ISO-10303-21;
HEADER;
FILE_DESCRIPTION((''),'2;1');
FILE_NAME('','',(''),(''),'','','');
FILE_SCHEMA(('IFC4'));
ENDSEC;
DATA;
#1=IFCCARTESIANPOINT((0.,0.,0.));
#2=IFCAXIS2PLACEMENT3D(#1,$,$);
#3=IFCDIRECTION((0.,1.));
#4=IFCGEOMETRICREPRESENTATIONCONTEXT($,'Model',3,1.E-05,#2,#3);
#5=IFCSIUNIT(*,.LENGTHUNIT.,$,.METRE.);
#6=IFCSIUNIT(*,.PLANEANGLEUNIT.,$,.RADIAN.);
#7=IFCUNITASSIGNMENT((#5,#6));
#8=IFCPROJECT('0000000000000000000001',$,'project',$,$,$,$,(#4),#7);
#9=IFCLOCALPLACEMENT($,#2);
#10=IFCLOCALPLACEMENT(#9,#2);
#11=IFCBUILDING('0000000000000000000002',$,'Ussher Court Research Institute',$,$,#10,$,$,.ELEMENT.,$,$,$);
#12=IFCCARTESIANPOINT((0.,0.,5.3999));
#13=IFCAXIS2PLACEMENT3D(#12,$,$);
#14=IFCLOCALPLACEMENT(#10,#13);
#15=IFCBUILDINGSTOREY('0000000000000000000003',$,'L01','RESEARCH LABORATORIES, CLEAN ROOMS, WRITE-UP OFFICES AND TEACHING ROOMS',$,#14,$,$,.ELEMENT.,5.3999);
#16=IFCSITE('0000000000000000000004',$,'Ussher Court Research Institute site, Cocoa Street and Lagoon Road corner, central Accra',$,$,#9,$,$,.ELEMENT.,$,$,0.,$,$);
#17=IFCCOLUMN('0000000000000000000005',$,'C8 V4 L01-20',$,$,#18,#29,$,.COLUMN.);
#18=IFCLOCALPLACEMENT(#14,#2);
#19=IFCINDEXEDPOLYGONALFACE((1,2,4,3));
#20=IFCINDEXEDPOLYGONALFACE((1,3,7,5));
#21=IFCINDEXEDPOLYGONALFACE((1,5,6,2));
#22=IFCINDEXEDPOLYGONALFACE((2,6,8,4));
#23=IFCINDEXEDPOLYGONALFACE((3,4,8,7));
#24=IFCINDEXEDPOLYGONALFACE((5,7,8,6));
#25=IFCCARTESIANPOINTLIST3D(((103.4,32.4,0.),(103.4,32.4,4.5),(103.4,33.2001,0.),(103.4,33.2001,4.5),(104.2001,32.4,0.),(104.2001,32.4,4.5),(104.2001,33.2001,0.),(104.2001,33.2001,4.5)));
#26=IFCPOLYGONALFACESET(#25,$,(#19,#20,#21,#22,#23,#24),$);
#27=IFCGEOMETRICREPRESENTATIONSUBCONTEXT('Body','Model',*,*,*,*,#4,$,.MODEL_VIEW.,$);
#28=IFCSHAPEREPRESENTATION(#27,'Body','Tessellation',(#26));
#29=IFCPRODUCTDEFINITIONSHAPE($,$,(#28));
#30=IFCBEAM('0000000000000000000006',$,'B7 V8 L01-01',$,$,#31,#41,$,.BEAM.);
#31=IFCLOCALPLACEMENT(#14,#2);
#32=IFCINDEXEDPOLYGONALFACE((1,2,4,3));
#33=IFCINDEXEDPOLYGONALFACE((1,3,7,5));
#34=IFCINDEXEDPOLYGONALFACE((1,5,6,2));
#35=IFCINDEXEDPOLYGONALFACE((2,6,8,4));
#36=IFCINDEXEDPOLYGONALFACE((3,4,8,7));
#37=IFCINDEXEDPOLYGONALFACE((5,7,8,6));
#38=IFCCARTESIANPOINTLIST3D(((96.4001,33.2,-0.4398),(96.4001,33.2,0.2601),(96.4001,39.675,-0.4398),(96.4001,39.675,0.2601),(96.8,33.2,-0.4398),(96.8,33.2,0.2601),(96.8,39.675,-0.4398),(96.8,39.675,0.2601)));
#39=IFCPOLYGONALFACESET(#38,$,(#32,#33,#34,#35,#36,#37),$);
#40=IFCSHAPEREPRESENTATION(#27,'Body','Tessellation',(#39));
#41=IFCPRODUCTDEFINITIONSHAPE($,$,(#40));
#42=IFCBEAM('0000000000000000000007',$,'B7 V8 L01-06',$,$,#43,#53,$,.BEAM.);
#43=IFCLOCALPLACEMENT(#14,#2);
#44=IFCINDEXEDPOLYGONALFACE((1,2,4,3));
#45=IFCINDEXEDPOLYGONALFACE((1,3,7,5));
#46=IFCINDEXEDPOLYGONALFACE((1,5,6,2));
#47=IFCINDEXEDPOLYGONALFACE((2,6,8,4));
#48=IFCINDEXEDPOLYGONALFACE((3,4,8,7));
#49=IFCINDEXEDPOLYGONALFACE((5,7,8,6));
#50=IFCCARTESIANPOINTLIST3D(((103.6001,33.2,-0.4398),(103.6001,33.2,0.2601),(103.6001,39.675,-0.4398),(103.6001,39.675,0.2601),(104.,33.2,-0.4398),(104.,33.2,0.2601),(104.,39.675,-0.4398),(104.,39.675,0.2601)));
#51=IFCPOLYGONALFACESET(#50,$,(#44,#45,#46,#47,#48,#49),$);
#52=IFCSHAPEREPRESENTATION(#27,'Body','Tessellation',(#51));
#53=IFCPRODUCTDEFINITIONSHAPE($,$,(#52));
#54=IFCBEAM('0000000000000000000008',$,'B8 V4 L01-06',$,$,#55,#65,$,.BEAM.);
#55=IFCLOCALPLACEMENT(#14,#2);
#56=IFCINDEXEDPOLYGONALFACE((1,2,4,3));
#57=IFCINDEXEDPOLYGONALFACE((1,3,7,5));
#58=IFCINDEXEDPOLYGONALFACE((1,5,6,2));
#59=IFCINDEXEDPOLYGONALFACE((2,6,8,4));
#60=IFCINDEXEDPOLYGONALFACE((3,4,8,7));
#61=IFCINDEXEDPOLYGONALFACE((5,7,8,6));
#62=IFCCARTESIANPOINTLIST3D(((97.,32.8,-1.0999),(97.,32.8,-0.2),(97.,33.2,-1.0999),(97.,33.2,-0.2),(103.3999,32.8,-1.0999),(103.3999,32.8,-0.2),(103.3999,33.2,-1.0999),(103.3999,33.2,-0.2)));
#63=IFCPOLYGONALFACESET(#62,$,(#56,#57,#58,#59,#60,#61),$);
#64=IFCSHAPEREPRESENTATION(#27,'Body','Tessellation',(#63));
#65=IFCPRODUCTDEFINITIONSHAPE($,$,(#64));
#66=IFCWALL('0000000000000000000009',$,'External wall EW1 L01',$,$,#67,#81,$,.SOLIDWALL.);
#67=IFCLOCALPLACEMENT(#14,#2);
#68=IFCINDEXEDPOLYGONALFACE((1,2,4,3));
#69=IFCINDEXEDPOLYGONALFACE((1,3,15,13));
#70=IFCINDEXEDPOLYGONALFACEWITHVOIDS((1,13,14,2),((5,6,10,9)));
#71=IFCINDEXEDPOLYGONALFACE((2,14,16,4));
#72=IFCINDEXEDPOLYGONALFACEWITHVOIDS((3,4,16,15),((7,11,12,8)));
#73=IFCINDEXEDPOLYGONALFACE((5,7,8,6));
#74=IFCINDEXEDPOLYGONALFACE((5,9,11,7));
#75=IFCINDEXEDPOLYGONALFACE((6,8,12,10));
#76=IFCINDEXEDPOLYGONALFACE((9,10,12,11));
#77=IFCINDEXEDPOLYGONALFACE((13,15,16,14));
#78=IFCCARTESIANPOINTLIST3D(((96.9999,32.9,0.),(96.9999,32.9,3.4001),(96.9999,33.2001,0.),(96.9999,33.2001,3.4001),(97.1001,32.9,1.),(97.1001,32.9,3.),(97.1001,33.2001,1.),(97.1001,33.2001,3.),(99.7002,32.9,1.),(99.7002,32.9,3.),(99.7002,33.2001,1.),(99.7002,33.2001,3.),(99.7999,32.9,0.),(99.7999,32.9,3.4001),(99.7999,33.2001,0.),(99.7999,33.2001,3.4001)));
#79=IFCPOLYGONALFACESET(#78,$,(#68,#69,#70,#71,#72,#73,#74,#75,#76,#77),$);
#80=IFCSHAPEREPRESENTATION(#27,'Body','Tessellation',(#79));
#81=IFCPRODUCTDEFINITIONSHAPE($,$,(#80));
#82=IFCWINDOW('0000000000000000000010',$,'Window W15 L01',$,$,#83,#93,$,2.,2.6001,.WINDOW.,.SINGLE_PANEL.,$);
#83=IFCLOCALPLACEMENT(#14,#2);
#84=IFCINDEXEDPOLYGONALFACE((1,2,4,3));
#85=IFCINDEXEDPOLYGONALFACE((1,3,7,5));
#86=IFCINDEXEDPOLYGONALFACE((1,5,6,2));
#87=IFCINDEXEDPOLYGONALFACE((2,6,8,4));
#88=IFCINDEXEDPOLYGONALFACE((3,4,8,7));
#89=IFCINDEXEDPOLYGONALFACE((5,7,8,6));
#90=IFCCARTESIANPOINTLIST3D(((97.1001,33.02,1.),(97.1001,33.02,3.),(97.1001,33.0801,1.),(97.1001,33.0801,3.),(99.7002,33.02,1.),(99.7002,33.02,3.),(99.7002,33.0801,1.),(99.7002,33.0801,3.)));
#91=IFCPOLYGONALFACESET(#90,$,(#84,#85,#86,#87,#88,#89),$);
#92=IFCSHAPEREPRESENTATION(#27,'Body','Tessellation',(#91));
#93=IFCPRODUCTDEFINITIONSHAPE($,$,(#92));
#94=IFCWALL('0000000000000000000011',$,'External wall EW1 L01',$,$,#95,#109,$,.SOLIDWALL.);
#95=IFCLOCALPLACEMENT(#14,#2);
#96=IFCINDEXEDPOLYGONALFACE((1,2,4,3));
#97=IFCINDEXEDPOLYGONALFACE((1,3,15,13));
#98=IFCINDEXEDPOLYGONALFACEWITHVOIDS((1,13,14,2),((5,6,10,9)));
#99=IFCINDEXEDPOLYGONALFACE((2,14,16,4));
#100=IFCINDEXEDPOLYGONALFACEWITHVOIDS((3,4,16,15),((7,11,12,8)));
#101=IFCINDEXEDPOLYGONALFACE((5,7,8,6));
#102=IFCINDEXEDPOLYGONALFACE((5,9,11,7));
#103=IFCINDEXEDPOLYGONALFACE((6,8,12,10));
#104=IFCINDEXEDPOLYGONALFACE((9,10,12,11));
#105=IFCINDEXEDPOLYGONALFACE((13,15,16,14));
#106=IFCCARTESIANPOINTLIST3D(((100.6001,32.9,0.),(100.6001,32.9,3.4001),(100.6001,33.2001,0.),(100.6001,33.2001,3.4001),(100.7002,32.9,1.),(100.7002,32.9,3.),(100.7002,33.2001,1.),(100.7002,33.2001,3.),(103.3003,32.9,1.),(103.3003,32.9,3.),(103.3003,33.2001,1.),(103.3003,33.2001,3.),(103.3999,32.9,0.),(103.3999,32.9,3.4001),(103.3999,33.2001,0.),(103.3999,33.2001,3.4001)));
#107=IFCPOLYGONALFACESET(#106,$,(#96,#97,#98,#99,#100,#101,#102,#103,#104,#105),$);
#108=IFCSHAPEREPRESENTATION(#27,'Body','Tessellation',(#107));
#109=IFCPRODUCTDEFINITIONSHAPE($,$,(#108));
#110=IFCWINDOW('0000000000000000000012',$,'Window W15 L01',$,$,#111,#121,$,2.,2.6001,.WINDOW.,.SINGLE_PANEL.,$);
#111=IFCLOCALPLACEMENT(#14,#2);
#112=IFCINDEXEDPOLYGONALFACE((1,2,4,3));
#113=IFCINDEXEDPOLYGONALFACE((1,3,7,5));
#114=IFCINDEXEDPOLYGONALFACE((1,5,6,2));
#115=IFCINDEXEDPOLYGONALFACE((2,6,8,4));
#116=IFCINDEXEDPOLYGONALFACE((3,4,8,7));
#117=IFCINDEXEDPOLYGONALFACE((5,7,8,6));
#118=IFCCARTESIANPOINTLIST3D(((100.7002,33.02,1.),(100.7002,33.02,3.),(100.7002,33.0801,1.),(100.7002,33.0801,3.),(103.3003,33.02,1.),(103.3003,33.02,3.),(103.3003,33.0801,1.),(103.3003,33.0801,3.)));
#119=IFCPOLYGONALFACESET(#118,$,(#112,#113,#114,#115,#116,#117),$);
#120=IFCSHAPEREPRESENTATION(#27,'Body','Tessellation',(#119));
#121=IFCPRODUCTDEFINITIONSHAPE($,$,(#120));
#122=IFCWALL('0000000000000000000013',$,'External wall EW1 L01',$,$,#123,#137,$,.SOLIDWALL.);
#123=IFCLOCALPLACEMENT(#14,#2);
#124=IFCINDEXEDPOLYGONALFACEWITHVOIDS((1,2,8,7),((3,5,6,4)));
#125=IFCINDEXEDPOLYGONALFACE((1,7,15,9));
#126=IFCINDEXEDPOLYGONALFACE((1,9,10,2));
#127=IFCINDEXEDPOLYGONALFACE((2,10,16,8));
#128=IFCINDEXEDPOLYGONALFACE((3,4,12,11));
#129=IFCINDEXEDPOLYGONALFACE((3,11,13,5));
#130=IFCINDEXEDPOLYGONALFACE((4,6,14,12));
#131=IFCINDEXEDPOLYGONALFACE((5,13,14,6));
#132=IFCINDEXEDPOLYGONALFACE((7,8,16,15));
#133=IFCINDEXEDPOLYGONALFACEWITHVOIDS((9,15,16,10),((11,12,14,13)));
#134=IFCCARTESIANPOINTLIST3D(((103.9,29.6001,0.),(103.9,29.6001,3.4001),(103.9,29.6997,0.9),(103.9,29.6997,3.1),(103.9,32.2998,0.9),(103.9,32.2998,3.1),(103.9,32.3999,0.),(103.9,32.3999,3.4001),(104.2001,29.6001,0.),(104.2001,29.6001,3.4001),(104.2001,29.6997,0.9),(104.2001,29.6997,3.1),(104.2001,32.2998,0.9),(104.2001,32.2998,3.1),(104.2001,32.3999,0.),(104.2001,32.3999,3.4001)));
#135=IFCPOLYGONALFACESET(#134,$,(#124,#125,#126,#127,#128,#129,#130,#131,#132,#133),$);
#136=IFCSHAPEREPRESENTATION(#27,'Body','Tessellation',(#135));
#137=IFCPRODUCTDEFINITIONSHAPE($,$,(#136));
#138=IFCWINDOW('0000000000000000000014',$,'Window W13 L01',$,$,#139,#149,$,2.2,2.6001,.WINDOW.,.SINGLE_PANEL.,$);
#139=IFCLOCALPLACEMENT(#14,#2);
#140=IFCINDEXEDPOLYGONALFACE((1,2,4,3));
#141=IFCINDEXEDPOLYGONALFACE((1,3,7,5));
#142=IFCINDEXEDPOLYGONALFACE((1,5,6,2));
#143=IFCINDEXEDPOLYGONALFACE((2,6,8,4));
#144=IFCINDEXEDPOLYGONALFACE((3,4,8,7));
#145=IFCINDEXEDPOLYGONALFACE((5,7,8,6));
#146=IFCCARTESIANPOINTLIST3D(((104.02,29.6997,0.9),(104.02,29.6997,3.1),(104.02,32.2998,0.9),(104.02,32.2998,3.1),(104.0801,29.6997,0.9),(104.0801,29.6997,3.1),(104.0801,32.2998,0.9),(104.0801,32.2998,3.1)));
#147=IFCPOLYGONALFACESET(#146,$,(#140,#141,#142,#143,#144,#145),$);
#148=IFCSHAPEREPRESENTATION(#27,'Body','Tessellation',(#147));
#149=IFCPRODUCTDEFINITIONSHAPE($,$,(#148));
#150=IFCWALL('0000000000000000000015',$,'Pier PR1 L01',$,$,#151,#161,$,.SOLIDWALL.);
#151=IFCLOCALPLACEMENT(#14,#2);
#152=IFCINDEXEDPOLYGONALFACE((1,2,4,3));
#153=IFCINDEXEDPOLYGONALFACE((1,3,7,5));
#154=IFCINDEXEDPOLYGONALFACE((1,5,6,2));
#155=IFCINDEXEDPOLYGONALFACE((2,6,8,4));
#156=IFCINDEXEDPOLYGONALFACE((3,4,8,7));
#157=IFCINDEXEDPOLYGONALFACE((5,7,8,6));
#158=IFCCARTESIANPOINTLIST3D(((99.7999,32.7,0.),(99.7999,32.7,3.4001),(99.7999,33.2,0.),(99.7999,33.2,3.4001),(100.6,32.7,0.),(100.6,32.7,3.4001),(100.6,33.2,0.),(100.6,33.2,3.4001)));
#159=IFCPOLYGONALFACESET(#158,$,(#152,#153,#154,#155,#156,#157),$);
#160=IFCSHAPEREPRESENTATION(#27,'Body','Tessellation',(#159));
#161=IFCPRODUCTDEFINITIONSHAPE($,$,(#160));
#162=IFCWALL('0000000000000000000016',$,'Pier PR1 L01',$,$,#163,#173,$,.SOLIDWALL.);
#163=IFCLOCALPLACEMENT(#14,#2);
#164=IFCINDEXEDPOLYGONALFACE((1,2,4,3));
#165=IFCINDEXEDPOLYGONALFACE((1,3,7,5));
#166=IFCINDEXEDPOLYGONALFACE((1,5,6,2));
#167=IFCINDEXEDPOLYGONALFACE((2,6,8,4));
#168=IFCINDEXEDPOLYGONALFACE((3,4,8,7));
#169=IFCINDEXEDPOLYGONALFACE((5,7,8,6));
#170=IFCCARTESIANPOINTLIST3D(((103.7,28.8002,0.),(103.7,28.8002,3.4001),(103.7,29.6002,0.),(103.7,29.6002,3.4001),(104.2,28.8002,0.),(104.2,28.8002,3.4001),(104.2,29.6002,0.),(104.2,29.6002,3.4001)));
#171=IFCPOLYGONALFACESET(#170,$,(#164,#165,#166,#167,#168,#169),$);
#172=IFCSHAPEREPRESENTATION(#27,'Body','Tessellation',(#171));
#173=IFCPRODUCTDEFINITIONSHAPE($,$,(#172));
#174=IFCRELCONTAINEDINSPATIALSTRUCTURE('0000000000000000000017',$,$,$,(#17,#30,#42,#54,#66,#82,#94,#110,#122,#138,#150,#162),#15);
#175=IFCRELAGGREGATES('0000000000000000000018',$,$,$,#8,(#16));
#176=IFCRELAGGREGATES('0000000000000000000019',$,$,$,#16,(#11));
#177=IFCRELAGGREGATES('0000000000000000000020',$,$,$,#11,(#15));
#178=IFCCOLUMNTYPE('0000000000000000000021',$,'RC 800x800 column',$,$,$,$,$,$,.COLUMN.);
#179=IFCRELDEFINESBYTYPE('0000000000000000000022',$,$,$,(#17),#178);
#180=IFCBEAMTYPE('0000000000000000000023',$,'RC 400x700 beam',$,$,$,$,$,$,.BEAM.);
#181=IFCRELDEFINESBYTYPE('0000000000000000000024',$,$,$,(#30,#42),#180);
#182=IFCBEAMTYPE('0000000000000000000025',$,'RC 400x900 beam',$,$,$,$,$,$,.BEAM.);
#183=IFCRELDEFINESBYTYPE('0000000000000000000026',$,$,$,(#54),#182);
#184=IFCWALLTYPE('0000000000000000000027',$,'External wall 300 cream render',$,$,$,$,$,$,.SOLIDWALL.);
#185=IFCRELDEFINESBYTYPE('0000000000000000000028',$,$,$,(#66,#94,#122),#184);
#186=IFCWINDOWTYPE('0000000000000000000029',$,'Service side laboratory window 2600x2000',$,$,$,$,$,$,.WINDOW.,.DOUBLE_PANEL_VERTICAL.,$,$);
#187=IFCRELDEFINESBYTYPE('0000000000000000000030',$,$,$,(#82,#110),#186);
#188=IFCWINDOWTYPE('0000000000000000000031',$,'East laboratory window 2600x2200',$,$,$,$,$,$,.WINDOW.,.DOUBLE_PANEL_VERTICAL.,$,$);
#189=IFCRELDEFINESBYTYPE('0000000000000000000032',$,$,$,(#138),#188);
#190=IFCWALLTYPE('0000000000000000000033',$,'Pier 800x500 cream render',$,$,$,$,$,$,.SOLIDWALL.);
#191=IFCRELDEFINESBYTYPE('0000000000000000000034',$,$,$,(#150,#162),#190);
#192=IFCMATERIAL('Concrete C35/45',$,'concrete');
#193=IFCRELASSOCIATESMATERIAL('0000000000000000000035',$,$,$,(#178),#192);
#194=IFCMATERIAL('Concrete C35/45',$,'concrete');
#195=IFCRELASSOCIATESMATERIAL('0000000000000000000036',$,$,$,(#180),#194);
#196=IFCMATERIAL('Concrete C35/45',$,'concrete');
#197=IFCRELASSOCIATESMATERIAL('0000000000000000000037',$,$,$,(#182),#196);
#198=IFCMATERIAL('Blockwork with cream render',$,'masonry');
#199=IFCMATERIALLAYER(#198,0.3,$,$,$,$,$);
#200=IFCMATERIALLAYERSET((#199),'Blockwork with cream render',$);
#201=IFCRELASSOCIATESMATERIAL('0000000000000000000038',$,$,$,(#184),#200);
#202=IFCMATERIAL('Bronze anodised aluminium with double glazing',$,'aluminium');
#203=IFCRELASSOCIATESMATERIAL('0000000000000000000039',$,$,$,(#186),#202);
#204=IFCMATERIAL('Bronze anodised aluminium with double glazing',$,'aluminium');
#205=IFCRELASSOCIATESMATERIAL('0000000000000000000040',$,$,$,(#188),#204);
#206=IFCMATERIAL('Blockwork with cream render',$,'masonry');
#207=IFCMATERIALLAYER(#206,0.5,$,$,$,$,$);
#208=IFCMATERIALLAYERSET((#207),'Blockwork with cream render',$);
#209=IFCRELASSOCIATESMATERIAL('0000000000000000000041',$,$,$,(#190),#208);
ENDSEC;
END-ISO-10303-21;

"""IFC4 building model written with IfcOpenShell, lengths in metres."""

from ifc_helpers import new_model, si_unit, direction, frame, frame_2d, origin, origin_2d, place, context, subcontext, project, spatial, rectangle, extrude, material, layer, layer_set, material_profile, profile_set, type_object, element, fill, save


model = new_model("IFC4")

# Units and contexts
model_context = context("Model", 3, precision=1e-05, world=origin(), true_north=direction((0.0, 1.0)))
body_context = subcontext(model_context, "Body", "Model", "MODEL_VIEW")
ifc_project = project(units=[si_unit("LENGTHUNIT", "METRE"), si_unit("PLANEANGLEUNIT", "RADIAN")], contexts=[model_context])

# Site, building, storey
site_placement = place(None, origin())
site = spatial("IfcSite", under=ifc_project, at=site_placement, Name="Ussher Court Research Institute site, Cocoa Street and Lagoon Road corner, central Accra", CompositionType="ELEMENT", RefElevation=0.0)
building_placement = place(site_placement, origin())
building = spatial("IfcBuilding", under=site, at=building_placement, Name="Ussher Court Research Institute", CompositionType="ELEMENT")
storey_placement = place(building_placement, frame((0.0, 0.0, 5.3999)))
storey = spatial("IfcBuildingStorey", under=building, at=storey_placement, Name="L01", Description="RESEARCH LABORATORIES, CLEAN ROOMS, WRITE-UP OFFICES AND TEACHING ROOMS", CompositionType="ELEMENT", Elevation=5.3999)

# Column
ifc_material_1 = material(Name="Concrete C35/45", Category="concrete")
ifc_material_profile_1 = material_profile(ifc_material_1, rectangle(XDim=0.8, YDim=0.8, at=origin_2d()), Name="RC 800x800")
ifc_profile_set_1 = profile_set([ifc_material_profile_1], Name="Concrete C35/45")
column_type = type_object("IfcColumnType", Name="RC 800x800 column", PredefinedType="COLUMN", material=ifc_profile_set_1)
column_placement = place(storey_placement, frame((103.8, 32.8, 0.0), z_axis=(0.0, 0.0, 1.0), x_axis=(1.0, 0.0, 0.0)))
element("IfcColumn", 1, at=column_placement, inside=storey, type_object=column_type, Name="C8 V4 L01-20", PredefinedType="COLUMN", context=body_context, shape_type="SweptSolid", body=[
    extrude(rectangle(XDim=0.8, YDim=0.8, at=origin_2d()), origin(), (0.0, 0.0, 1.0), 4.5),
])

# Beams
ifc_material_2 = material(Name="Concrete C35/45", Category="concrete")
ifc_material_profile_2 = material_profile(ifc_material_2, rectangle(XDim=0.3999, YDim=0.7, at=origin_2d()), Name="RC 400x700")
ifc_profile_set_2 = profile_set([ifc_material_profile_2], Name="Concrete C35/45")
beam_type_1 = type_object("IfcBeamType", Name="RC 400x700 beam", PredefinedType="BEAM", material=ifc_profile_set_2)
for number, where, z_axis, x_axis, name in (
    (2, (96.6001, 33.2, -0.0898), (0.0, 1.0, 0.0), (-1.0, 0.0, 0.0), "B7 V8 L01-01"),
    (3, (103.8, 33.2, -0.0898), (0.0, 1.0, 0.0), (-1.0, 0.0, 0.0), "B7 V8 L01-06"),
):
    element("IfcBeam", number, at=place(storey_placement, frame(where, z_axis=z_axis, x_axis=x_axis)), inside=storey, type_object=beam_type_1, Name=name, PredefinedType="BEAM", context=body_context, shape_type="SweptSolid", body=[
        extrude(rectangle(XDim=0.3999, YDim=0.7, at=origin_2d()), origin(), (0.0, 0.0, 1.0), 6.4751),
    ])
ifc_material_3 = material(Name="Concrete C35/45", Category="concrete")
ifc_material_profile_3 = material_profile(ifc_material_3, rectangle(XDim=0.3999, YDim=0.8999, at=origin_2d()), Name="RC 400x900")
ifc_profile_set_3 = profile_set([ifc_material_profile_3], Name="Concrete C35/45")
beam_type_2 = type_object("IfcBeamType", Name="RC 400x900 beam", PredefinedType="BEAM", material=ifc_profile_set_3)
beam_placement = place(storey_placement, frame((97.0, 33.0, -0.6499), z_axis=(1.0, 0.0, 0.0), x_axis=(0.0, 1.0, 0.0)))
element("IfcBeam", 4, at=beam_placement, inside=storey, type_object=beam_type_2, Name="B8 V4 L01-06", PredefinedType="BEAM", context=body_context, shape_type="SweptSolid", body=[
    extrude(rectangle(XDim=0.3999, YDim=0.8999, at=origin_2d()), origin(), (0.0, 0.0, 1.0), 6.3999),
])

# Walls, openings, windows
ifc_material_4 = material(Name="Blockwork with cream render", Category="masonry")
ifc_layer_1 = layer(ifc_material_4, 0.3)
ifc_layer_set_1 = layer_set([ifc_layer_1], Name="Blockwork with cream render")
wall_type_1 = type_object("IfcWallType", Name="External wall 300 cream render", PredefinedType="SOLIDWALL", material=ifc_layer_set_1)
wall_1_placement = place(storey_placement, frame((97.0, 33.05, 0.0), z_axis=(0.0, 0.0, 1.0), x_axis=(1.0, 0.0, 0.0)))
wall_1 = element("IfcWall", 5, at=wall_1_placement, inside=storey, type_object=wall_type_1, Name="External wall EW1 L01", PredefinedType="SOLIDWALL", context=body_context, shape_type="SweptSolid", body=[
    extrude(rectangle(XDim=2.8, YDim=0.3, at=frame_2d((1.3999, 0.0))), origin(), (0.0, 0.0, 1.0), 3.4001),
])
opening_1_placement = place(wall_1_placement, frame((0.1001, 0.0, 1.0)))
opening_1 = element("IfcOpeningElement", 6, at=opening_1_placement, cuts=wall_1, PredefinedType="OPENING", context=body_context, shape_type="SweptSolid", body=[
    extrude(rectangle(XDim=2.6001, YDim=2.0, at=frame_2d((1.3, 1.0))), frame((0.0, 0.1602, 0.0), z_axis=(0.0, -1.0, 0.0), x_axis=(1.0, 0.0, 0.0)), (0.0, 0.0, 1.0), 0.3201),
])
ifc_material_5 = material(Name="Bronze anodised aluminium with double glazing", Category="aluminium")
window_type_1 = type_object("IfcWindowType", Name="Service side laboratory window 2600x2000", PartitioningType="DOUBLE_PANEL_VERTICAL", PredefinedType="WINDOW", material=ifc_material_5)
window_1_placement = place(opening_1_placement, origin())
window_1 = element("IfcWindow", 7, at=window_1_placement, inside=storey, type_object=window_type_1, Name="Window W15 L01", OverallHeight=2.0, OverallWidth=2.6001, PartitioningType="SINGLE_PANEL", PredefinedType="WINDOW", context=body_context, shape_type="SweptSolid", body=[
    extrude(rectangle(XDim=2.6001, YDim=2.0, at=frame_2d((1.3, 1.0))), frame((0.0, 0.03, 0.0), z_axis=(0.0, -1.0, 0.0), x_axis=(1.0, 0.0, 0.0)), (0.0, 0.0, 1.0), 0.0601),
])
fill(opening_1, window_1)
wall_2_placement = place(storey_placement, frame((100.6001, 33.05, 0.0), z_axis=(0.0, 0.0, 1.0), x_axis=(1.0, 0.0, 0.0)))
wall_2 = element("IfcWall", 8, at=wall_2_placement, inside=storey, type_object=wall_type_1, Name="External wall EW1 L01", PredefinedType="SOLIDWALL", context=body_context, shape_type="SweptSolid", body=[
    extrude(rectangle(XDim=2.7998, YDim=0.3, at=frame_2d((1.3999, 0.0))), origin(), (0.0, 0.0, 1.0), 3.4001),
])
opening_2_placement = place(wall_2_placement, frame((0.1001, 0.0, 1.0)))
opening_2 = element("IfcOpeningElement", 9, at=opening_2_placement, cuts=wall_2, PredefinedType="OPENING", context=body_context, shape_type="SweptSolid", body=[
    extrude(rectangle(XDim=2.6001, YDim=2.0, at=frame_2d((1.3, 1.0))), frame((0.0, 0.1602, 0.0), z_axis=(0.0, -1.0, 0.0), x_axis=(1.0, 0.0, 0.0)), (0.0, 0.0, 1.0), 0.3201),
])
window_2_placement = place(opening_2_placement, origin())
window_2 = element("IfcWindow", 10, at=window_2_placement, inside=storey, type_object=window_type_1, Name="Window W15 L01", OverallHeight=2.0, OverallWidth=2.6001, PartitioningType="SINGLE_PANEL", PredefinedType="WINDOW", context=body_context, shape_type="SweptSolid", body=[
    extrude(rectangle(XDim=2.6001, YDim=2.0, at=frame_2d((1.3, 1.0))), frame((0.0, 0.03, 0.0), z_axis=(0.0, -1.0, 0.0), x_axis=(1.0, 0.0, 0.0)), (0.0, 0.0, 1.0), 0.0601),
])
fill(opening_2, window_2)
wall_3_placement = place(storey_placement, frame((104.05, 32.3999, 0.0), z_axis=(0.0, 0.0, 1.0), x_axis=(0.0, -1.0, 0.0)))
wall_3 = element("IfcWall", 11, at=wall_3_placement, inside=storey, type_object=wall_type_1, Name="External wall EW1 L01", PredefinedType="SOLIDWALL", context=body_context, shape_type="SweptSolid", body=[
    extrude(rectangle(XDim=2.7998, YDim=0.3, at=frame_2d((1.3999, 0.0))), origin(), (0.0, 0.0, 1.0), 3.4001),
])
opening_3_placement = place(wall_3_placement, frame((0.1001, 0.0, 0.8999)))
opening_3 = element("IfcOpeningElement", 12, at=opening_3_placement, cuts=wall_3, PredefinedType="OPENING", context=body_context, shape_type="SweptSolid", body=[
    extrude(rectangle(XDim=2.6001, YDim=2.2, at=frame_2d((1.3, 1.1001))), frame((0.0, 0.1602, 0.0), z_axis=(0.0, -1.0, 0.0), x_axis=(1.0, 0.0, 0.0)), (0.0, 0.0, 1.0), 0.3201),
])
ifc_material_6 = material(Name="Bronze anodised aluminium with double glazing", Category="aluminium")
window_type_2 = type_object("IfcWindowType", Name="East laboratory window 2600x2200", PartitioningType="DOUBLE_PANEL_VERTICAL", PredefinedType="WINDOW", material=ifc_material_6)
window_3_placement = place(opening_3_placement, origin())
window_3 = element("IfcWindow", 13, at=window_3_placement, inside=storey, type_object=window_type_2, Name="Window W13 L01", OverallHeight=2.2, OverallWidth=2.6001, PartitioningType="SINGLE_PANEL", PredefinedType="WINDOW", context=body_context, shape_type="SweptSolid", body=[
    extrude(rectangle(XDim=2.6001, YDim=2.2, at=frame_2d((1.3, 1.1001))), frame((0.0, 0.03, 0.0), z_axis=(0.0, -1.0, 0.0), x_axis=(1.0, 0.0, 0.0)), (0.0, 0.0, 1.0), 0.0601),
])
fill(opening_3, window_3)

# Walls
ifc_material_7 = material(Name="Blockwork with cream render", Category="masonry")
ifc_layer_2 = layer(ifc_material_7, 0.5)
ifc_layer_set_2 = layer_set([ifc_layer_2], Name="Blockwork with cream render")
wall_type_2 = type_object("IfcWallType", Name="Pier 800x500 cream render", PredefinedType="SOLIDWALL", material=ifc_layer_set_2)
for number, where, z_axis, x_axis, name in (
    (14, (99.8, 32.95, 0.0), (0.0, 0.0, 1.0), (1.0, 0.0, 0.0), "Pier PR1 L01"),
    (15, (103.95, 29.6001, 0.0), (0.0, 0.0, 1.0), (0.0, -1.0, 0.0), "Pier PR1 L01"),
):
    element("IfcWall", number, at=place(storey_placement, frame(where, z_axis=z_axis, x_axis=x_axis)), inside=storey, type_object=wall_type_2, Name=name, PredefinedType="SOLIDWALL", context=body_context, shape_type="SweptSolid", body=[
        extrude(rectangle(XDim=0.8, YDim=0.5, at=frame_2d((0.3999, 0.0))), origin(), (0.0, 0.0, 1.0), 3.4001),
    ])

save(model, "model.ifc")
